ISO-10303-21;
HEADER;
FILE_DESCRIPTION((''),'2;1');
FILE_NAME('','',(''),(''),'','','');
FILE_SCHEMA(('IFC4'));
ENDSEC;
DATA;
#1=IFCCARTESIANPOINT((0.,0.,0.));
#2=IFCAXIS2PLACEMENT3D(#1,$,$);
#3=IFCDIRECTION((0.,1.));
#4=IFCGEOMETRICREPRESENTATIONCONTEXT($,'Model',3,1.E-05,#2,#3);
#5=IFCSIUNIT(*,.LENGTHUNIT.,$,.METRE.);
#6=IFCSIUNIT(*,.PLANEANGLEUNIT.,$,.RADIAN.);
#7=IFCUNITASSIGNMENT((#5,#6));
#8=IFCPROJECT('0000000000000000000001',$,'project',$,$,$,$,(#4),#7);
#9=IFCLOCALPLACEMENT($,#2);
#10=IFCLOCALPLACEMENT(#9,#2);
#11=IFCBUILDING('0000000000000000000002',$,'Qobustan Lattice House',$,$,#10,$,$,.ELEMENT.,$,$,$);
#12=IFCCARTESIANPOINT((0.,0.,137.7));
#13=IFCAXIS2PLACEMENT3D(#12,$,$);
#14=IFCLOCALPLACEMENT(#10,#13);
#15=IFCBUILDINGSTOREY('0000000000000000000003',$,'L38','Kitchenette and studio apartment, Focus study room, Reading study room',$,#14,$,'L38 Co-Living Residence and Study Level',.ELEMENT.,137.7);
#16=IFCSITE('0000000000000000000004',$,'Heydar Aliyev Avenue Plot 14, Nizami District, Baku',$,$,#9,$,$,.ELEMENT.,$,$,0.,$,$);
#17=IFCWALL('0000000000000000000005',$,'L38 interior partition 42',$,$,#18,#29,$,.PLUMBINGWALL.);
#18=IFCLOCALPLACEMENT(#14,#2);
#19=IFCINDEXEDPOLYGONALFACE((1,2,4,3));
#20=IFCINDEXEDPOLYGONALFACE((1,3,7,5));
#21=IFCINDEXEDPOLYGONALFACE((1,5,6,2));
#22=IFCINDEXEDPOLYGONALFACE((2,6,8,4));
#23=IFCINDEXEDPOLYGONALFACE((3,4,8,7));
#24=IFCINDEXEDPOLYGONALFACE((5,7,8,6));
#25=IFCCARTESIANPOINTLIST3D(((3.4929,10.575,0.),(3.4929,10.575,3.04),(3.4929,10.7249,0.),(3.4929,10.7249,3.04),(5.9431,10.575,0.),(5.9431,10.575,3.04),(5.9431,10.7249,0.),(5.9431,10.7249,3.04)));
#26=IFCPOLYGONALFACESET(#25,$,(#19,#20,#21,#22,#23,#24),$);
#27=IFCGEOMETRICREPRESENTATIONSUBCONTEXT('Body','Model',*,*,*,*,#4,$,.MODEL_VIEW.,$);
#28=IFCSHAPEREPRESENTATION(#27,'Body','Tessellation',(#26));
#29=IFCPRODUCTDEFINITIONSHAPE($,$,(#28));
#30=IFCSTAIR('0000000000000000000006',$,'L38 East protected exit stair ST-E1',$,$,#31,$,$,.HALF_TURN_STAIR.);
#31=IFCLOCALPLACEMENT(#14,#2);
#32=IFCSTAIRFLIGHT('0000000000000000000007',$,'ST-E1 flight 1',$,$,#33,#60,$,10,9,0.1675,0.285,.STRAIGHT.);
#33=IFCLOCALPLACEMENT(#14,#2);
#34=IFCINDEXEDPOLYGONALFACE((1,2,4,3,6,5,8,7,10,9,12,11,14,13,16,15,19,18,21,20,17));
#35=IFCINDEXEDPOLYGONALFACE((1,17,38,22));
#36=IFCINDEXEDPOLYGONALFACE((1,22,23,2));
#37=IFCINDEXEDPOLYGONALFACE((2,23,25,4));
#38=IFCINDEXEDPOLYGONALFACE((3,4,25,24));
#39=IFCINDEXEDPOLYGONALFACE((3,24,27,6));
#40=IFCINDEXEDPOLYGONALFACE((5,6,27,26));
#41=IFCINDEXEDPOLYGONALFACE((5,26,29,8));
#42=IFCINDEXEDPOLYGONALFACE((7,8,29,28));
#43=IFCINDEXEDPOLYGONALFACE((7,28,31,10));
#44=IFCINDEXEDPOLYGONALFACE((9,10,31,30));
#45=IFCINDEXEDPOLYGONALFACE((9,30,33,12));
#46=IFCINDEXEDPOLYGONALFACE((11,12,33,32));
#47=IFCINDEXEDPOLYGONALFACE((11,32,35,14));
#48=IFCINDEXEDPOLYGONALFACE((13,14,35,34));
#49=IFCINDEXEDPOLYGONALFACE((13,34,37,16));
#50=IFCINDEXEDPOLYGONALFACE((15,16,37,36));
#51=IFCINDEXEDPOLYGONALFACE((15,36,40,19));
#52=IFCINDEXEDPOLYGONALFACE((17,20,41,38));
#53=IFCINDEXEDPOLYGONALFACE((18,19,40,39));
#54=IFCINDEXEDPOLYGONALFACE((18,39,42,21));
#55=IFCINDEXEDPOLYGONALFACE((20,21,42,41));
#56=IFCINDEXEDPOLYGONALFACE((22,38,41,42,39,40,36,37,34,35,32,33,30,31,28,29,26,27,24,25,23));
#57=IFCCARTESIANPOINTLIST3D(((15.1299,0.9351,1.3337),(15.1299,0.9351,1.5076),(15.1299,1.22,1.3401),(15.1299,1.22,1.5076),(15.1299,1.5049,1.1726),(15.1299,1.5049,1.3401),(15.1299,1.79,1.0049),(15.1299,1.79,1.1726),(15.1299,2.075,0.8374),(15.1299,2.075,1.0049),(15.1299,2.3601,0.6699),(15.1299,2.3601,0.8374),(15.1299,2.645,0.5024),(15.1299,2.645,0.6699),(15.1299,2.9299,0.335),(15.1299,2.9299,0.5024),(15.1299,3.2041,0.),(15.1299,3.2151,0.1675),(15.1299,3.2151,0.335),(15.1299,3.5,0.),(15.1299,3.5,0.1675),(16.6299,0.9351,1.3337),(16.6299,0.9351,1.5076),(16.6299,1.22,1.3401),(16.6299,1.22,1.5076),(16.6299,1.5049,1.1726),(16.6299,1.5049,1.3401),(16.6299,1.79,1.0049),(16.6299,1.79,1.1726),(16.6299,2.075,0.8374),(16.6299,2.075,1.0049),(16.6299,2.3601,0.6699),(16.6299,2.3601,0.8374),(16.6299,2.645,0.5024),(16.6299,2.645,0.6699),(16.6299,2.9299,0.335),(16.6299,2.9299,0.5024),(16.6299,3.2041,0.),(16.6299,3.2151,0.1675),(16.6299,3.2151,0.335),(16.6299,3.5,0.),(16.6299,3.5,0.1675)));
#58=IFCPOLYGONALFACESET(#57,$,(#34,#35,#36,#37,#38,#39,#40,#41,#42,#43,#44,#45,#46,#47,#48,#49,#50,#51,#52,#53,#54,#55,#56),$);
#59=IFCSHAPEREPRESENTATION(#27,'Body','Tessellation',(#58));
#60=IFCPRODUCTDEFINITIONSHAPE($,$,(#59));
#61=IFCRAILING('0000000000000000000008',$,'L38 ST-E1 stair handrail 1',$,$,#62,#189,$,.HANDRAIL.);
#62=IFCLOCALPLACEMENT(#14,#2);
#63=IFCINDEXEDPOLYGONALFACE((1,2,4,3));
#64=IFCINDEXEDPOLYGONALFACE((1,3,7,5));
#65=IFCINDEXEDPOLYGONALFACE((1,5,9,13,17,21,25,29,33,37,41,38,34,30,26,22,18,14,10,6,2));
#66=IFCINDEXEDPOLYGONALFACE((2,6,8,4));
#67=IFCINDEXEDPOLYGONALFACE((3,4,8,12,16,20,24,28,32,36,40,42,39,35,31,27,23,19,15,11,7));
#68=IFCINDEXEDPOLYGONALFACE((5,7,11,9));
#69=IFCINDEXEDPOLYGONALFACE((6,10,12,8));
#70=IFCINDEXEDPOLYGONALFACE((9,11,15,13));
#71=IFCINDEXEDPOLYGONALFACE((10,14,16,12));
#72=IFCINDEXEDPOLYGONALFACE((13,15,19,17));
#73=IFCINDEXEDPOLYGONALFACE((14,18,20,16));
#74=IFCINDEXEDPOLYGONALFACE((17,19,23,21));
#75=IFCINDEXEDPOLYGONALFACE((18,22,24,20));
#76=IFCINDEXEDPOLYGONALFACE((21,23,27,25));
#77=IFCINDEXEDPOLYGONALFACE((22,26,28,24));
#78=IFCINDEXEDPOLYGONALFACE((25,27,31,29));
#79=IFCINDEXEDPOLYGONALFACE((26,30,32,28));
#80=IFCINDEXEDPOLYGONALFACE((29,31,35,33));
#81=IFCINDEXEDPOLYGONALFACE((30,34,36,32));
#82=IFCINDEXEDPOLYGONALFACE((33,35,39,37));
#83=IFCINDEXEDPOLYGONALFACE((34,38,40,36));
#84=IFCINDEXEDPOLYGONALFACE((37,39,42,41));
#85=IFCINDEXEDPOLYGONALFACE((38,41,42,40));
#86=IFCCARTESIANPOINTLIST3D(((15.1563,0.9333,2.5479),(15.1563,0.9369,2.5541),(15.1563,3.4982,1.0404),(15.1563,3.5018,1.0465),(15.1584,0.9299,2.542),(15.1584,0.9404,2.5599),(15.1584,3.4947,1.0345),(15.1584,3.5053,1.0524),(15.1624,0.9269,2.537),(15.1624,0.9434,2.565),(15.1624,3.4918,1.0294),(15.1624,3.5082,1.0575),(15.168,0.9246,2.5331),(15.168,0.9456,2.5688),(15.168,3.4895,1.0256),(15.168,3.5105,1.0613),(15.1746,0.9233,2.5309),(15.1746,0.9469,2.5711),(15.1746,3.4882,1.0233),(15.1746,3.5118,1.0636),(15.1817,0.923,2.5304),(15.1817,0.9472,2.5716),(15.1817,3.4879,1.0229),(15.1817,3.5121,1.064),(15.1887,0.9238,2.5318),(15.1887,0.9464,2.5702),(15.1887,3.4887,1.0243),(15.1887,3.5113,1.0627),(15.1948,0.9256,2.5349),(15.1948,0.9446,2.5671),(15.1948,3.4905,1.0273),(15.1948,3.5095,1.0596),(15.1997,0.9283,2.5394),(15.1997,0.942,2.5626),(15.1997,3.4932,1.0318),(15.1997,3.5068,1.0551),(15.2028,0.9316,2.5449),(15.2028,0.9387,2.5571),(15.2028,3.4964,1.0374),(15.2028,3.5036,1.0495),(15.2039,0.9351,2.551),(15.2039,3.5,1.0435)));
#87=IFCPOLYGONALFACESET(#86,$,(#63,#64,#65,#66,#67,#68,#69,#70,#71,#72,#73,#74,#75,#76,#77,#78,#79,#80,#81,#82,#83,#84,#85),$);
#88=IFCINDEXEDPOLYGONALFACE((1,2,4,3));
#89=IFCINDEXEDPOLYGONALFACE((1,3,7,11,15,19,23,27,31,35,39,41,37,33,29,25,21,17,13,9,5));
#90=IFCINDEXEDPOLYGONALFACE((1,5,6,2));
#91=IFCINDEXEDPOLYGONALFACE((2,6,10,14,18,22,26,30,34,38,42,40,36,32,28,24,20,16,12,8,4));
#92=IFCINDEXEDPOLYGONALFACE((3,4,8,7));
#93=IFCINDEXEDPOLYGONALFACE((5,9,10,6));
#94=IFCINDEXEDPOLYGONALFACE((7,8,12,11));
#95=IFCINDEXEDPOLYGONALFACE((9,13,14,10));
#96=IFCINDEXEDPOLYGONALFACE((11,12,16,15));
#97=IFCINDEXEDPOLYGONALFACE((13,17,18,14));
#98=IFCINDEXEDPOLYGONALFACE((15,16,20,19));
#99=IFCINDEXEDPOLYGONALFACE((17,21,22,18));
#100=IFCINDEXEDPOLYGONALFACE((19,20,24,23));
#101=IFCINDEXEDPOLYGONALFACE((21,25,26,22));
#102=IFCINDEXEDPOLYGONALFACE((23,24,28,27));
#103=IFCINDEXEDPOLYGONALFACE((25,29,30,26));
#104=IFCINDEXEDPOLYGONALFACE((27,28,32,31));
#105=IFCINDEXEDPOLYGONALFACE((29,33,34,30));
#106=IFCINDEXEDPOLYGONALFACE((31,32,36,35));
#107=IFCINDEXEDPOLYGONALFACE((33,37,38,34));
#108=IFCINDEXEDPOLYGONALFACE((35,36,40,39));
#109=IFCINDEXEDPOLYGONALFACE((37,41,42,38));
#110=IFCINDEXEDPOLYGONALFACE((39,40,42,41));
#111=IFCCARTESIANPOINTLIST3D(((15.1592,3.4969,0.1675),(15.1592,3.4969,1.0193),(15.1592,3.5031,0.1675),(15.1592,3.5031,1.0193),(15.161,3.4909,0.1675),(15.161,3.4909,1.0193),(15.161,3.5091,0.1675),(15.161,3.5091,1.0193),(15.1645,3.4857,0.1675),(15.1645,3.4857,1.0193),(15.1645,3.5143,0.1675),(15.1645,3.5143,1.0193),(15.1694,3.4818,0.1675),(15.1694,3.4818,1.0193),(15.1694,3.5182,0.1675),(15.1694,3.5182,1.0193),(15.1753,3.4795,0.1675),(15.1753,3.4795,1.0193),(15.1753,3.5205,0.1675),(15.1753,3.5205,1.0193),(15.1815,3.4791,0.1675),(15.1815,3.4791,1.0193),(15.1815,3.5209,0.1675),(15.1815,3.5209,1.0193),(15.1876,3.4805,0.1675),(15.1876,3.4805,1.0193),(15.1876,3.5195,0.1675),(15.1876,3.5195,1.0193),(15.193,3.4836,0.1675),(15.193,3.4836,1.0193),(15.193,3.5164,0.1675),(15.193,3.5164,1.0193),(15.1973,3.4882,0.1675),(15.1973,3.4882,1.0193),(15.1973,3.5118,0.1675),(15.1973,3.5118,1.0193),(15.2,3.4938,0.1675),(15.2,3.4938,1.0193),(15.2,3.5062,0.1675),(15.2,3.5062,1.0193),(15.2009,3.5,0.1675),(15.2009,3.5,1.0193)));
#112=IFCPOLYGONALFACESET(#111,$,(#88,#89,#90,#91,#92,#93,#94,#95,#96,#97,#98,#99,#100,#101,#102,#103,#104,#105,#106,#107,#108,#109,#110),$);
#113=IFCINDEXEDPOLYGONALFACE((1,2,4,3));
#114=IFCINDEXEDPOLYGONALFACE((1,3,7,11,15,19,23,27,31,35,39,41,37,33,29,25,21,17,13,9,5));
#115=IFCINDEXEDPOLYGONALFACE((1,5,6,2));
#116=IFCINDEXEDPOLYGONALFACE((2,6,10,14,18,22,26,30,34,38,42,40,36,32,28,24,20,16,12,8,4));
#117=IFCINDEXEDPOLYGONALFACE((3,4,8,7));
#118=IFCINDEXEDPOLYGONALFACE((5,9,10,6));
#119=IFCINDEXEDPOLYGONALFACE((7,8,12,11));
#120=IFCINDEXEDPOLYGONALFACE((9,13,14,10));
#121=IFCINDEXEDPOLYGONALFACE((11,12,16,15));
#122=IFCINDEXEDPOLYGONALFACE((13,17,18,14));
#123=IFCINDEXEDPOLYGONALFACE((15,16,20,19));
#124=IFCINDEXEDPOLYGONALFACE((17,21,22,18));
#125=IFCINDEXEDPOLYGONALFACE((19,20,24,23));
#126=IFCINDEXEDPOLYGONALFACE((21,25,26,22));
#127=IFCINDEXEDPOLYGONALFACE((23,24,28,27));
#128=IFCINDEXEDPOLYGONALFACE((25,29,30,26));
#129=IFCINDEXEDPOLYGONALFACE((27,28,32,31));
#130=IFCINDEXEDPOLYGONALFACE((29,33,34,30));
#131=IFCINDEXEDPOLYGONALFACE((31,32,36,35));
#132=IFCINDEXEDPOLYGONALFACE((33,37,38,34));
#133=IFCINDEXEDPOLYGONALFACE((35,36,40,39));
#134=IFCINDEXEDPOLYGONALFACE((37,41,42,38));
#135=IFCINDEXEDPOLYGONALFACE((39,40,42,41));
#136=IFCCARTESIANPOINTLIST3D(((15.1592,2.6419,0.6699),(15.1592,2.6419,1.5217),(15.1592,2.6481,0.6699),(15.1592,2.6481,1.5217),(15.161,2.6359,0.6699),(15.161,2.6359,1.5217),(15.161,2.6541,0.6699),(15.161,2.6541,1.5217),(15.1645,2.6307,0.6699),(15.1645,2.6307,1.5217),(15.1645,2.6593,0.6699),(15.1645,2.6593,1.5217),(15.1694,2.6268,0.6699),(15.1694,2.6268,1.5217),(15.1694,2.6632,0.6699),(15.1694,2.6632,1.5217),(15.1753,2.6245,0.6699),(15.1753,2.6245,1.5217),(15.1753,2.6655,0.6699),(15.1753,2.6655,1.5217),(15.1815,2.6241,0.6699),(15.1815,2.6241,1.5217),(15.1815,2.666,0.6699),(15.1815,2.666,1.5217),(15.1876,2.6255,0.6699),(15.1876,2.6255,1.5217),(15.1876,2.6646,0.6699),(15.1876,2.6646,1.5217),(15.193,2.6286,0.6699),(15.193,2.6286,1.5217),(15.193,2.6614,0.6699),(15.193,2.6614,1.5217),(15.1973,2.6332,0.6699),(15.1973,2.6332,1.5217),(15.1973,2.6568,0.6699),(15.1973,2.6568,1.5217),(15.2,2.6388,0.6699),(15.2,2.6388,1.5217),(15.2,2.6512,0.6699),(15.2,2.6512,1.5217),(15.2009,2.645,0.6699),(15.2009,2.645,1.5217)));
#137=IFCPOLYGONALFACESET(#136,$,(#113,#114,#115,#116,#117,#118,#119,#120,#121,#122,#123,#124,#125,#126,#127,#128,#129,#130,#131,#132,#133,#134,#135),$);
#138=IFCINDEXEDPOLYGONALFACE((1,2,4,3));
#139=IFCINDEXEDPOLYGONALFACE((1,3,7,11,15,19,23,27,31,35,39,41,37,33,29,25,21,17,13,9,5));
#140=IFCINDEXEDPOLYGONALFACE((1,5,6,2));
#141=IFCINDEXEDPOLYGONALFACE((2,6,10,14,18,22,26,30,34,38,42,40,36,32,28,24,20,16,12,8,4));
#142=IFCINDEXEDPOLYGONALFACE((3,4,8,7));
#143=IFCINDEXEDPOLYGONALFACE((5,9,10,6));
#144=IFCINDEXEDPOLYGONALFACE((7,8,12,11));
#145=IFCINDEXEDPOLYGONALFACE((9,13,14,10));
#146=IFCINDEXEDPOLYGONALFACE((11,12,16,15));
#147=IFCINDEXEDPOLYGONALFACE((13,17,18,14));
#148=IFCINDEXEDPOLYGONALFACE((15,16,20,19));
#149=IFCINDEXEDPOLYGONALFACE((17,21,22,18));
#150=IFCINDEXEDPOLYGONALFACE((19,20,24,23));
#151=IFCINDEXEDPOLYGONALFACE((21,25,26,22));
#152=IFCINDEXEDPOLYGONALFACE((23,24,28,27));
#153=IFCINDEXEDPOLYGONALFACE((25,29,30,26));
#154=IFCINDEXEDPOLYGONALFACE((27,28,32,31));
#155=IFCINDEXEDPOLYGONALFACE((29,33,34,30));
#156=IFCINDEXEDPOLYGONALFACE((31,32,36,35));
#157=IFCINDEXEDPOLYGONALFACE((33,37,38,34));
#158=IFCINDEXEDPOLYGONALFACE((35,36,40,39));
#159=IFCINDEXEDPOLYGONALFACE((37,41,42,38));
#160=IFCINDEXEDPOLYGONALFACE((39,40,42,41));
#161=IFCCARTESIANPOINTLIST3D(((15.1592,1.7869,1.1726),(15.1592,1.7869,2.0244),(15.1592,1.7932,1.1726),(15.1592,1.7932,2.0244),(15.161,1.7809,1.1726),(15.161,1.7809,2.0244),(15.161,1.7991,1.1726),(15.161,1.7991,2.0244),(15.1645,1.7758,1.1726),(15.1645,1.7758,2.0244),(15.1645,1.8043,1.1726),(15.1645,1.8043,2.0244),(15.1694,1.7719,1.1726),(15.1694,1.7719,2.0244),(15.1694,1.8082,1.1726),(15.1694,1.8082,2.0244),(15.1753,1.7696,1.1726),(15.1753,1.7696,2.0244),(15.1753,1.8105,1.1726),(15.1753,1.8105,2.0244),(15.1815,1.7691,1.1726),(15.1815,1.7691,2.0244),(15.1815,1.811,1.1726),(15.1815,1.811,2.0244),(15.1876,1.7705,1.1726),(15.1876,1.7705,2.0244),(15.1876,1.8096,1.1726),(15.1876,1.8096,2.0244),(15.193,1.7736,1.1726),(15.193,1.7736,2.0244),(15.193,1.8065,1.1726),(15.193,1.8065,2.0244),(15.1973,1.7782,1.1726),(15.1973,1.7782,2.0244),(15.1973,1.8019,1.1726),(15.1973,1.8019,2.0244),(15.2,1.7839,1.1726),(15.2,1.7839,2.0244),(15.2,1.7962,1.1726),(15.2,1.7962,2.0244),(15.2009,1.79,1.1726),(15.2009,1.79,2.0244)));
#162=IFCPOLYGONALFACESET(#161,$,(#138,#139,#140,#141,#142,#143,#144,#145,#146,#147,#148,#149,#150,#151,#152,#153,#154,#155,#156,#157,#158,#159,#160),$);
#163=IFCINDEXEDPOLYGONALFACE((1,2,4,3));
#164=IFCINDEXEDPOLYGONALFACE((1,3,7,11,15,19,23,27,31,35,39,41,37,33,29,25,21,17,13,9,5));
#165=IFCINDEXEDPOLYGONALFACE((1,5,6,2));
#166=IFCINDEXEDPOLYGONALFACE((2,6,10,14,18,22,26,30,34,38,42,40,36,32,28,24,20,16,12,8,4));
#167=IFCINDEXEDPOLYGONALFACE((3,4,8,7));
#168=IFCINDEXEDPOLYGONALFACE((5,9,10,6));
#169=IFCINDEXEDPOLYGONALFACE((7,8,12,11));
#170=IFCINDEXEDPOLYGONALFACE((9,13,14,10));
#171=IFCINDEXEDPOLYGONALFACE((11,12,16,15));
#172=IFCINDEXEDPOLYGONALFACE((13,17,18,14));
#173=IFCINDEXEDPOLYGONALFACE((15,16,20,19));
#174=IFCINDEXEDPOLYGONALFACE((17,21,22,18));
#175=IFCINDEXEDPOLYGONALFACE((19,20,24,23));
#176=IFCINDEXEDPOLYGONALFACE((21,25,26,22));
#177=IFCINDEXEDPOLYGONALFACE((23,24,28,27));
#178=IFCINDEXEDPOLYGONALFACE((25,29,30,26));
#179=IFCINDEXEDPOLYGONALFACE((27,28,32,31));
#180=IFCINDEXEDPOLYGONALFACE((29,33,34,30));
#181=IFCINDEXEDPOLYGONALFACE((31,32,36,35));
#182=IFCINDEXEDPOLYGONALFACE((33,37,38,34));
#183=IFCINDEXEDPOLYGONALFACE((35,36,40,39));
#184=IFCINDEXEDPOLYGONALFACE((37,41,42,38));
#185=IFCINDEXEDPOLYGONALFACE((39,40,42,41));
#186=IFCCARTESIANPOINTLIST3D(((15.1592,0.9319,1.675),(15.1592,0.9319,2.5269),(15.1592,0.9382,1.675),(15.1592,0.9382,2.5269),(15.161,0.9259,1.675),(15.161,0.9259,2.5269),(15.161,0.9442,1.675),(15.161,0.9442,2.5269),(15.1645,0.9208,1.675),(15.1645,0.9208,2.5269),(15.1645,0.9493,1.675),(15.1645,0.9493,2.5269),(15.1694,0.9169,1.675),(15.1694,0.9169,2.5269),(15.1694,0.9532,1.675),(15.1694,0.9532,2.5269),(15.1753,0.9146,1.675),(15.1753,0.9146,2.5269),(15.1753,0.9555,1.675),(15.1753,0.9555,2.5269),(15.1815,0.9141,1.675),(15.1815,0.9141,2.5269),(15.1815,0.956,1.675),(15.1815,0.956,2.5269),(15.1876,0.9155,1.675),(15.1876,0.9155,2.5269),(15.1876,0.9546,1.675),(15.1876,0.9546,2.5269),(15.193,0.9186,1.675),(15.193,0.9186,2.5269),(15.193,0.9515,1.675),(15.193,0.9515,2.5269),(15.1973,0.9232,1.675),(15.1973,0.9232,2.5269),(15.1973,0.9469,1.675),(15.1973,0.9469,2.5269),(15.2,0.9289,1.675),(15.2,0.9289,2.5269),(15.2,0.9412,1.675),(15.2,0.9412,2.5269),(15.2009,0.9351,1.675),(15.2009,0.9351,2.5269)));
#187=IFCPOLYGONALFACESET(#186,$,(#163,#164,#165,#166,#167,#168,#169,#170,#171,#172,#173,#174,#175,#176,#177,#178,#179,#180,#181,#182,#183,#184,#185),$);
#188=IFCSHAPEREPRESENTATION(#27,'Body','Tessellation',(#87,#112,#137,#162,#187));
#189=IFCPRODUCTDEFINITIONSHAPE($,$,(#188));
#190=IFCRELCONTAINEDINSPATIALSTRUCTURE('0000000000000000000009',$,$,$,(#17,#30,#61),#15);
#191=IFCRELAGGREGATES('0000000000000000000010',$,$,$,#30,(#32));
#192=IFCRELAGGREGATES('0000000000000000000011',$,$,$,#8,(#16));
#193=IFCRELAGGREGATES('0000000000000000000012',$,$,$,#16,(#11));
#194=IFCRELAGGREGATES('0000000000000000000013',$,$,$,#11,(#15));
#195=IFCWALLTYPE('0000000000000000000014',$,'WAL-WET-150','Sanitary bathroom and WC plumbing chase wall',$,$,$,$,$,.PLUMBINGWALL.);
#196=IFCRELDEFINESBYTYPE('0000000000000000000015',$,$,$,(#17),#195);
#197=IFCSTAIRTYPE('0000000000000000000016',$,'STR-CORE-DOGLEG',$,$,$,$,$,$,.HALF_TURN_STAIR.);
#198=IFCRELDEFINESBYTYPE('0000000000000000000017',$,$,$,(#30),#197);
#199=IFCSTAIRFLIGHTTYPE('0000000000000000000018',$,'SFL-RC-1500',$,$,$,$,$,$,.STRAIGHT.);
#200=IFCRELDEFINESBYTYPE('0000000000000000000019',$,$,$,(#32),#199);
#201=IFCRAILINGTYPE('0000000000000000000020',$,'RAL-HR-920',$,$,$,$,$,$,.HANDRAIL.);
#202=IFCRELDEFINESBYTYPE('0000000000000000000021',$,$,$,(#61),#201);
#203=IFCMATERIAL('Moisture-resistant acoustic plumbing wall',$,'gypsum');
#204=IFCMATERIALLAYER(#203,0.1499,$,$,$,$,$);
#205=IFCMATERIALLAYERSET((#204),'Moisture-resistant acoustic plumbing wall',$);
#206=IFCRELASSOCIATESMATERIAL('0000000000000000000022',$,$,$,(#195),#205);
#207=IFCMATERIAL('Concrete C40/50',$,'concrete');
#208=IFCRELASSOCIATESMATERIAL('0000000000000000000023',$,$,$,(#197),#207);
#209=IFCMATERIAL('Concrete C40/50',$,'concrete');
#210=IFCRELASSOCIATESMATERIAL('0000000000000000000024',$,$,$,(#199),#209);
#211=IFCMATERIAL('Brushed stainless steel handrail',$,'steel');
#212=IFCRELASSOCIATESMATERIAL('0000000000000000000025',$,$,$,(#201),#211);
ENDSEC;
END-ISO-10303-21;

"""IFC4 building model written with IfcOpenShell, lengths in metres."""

from ifc_helpers import new_model, si_unit, direction, frame, frame_2d, origin, origin_2d, place, context, subcontext, project, spatial, polyline, rectangle, circle, outline, extrude, material, layer, layer_set, type_object, element, aggregate, save


model = new_model("IFC4")

# Units and contexts
model_context = context("Model", 3, precision=1e-05, world=origin(), true_north=direction((0.0, 1.0)))
body_context = subcontext(model_context, "Body", "Model", "MODEL_VIEW")
ifc_project = project(units=[si_unit("LENGTHUNIT", "METRE"), si_unit("PLANEANGLEUNIT", "RADIAN")], contexts=[model_context])

# Site, building, storey
site_placement = place(None, origin())
site = spatial("IfcSite", under=ifc_project, at=site_placement, Name="Heydar Aliyev Avenue Plot 14, Nizami District, Baku", CompositionType="ELEMENT", RefElevation=0.0)
building_placement = place(site_placement, origin())
building = spatial("IfcBuilding", under=site, at=building_placement, Name="Qobustan Lattice House", CompositionType="ELEMENT")
storey_placement = place(building_placement, frame((0.0, 0.0, 137.7)))
storey = spatial("IfcBuildingStorey", under=building, at=storey_placement, Name="L38", Description="Kitchenette and studio apartment, Focus study room, Reading study room", LongName="L38 Co-Living Residence and Study Level", CompositionType="ELEMENT", Elevation=137.7)

# Wall
ifc_material_1 = material(Name="Moisture-resistant acoustic plumbing wall", Category="gypsum")
ifc_layer_1 = layer(ifc_material_1, 0.1499)
ifc_layer_set_1 = layer_set([ifc_layer_1], Name="Moisture-resistant acoustic plumbing wall")
wall_type_1 = type_object("IfcWallType", Name="WAL-WET-150", Description="Sanitary bathroom and WC plumbing chase wall", PredefinedType="PLUMBINGWALL", material=ifc_layer_set_1)
wall_1_placement = place(storey_placement, frame((3.4929, 10.6499, 0.0), z_axis=(0.0, 0.0, 1.0), x_axis=(1.0, 0.0, 0.0)))
element("IfcWall", 1, at=wall_1_placement, inside=storey, type_object=wall_type_1, Name="L38 interior partition 42", PredefinedType="PLUMBINGWALL", context=body_context, shape_type="SweptSolid", body=[
    extrude(rectangle(XDim=2.4502, YDim=0.1499, at=frame_2d((1.2251, 0.0))), origin(), (0.0, 0.0, 1.0), 3.04),
])

# Stair, stair flight
ifc_material_2 = material(Name="Concrete C40/50", Category="concrete")
stair_type = type_object("IfcStairType", Name="STR-CORE-DOGLEG", PredefinedType="HALF_TURN_STAIR", material=ifc_material_2)
stair_placement = place(storey_placement, origin())
stair = element("IfcStair", 2, at=stair_placement, inside=storey, type_object=stair_type, Name="L38 East protected exit stair ST-E1", PredefinedType="HALF_TURN_STAIR")
ifc_material_3 = material(Name="Concrete C40/50", Category="concrete")
stair_flight_type = type_object("IfcStairFlightType", Name="SFL-RC-1500", PredefinedType="STRAIGHT", material=ifc_material_3)
stair_flight_placement = place(storey_placement, frame((15.8799, 3.5, 0.0), z_axis=(0.0, 0.0, 1.0), x_axis=(0.0, -1.0, 0.0)))
stair_flight = element("IfcStairFlight", 3, at=stair_flight_placement, type_object=stair_flight_type, Name="ST-E1 flight 1", NumberOfRisers=10, NumberOfTreads=9, PredefinedType="STRAIGHT", RiserHeight=0.1675, TreadLength=0.285, context=body_context, shape_type="SweptSolid", body=[
    extrude(outline(polyline([(0.0, 0.0), (0.0, 0.1675), (0.2849, 0.1675), (0.2849, 0.335), (0.5701, 0.335), (0.5701, 0.5024), (0.855, 0.5024), (0.855, 0.6699), (1.1399, 0.6699), (1.1399, 0.8374), (1.425, 0.8374), (1.425, 1.0049), (1.71, 1.0049), (1.71, 1.1726), (1.9951, 1.1726), (1.9951, 1.3401), (2.28, 1.3401), (2.28, 1.5076), (2.5649, 1.5076), (2.5649, 1.675), (2.5649, 1.3337), (0.2959, 0.0), (0.0, 0.0)])), frame((0.0, 0.75, 0.0), z_axis=(0.0, -1.0, 0.0), x_axis=(1.0, 0.0, 0.0)), (0.0, 0.0, 1.0), 1.5),
])
aggregate(stair, [stair_flight])

# Railing
ifc_material_4 = material(Name="Brushed stainless steel handrail", Category="steel")
railing_type_1 = type_object("IfcRailingType", Name="RAL-HR-920", PredefinedType="HANDRAIL", material=ifc_material_4)
railing_1_placement = place(storey_placement, frame((15.1799, 3.5, 0.1675)))
element("IfcRailing", 4, at=railing_1_placement, inside=storey, type_object=railing_type_1, Name="L38 ST-E1 stair handrail 1", PredefinedType="HANDRAIL", context=body_context, shape_type="SweptSolid", body=[
    extrude(circle(Radius=0.0239, at=origin_2d()), frame((0.0, 0.0, 0.876), z_axis=(0.0, -0.862113, 0.506715), x_axis=(1.0, 0.0, 0.0)), (0.0, 0.0, 1.0), 2.9751),
    extrude(circle(Radius=0.021, at=origin_2d()), origin(), (0.0, 0.0, 1.0), 0.8518),
    extrude(circle(Radius=0.021, at=origin_2d()), frame((0.0, -0.855, 0.5024)), (0.0, 0.0, 1.0), 0.8518),
    extrude(circle(Radius=0.021, at=origin_2d()), frame((0.0, -1.71, 1.0051)), (0.0, 0.0, 1.0), 0.8518),
    extrude(circle(Radius=0.021, at=origin_2d()), frame((0.0, -2.5649, 1.5076)), (0.0, 0.0, 1.0), 0.8518),
])

save(model, "model.ifc")
